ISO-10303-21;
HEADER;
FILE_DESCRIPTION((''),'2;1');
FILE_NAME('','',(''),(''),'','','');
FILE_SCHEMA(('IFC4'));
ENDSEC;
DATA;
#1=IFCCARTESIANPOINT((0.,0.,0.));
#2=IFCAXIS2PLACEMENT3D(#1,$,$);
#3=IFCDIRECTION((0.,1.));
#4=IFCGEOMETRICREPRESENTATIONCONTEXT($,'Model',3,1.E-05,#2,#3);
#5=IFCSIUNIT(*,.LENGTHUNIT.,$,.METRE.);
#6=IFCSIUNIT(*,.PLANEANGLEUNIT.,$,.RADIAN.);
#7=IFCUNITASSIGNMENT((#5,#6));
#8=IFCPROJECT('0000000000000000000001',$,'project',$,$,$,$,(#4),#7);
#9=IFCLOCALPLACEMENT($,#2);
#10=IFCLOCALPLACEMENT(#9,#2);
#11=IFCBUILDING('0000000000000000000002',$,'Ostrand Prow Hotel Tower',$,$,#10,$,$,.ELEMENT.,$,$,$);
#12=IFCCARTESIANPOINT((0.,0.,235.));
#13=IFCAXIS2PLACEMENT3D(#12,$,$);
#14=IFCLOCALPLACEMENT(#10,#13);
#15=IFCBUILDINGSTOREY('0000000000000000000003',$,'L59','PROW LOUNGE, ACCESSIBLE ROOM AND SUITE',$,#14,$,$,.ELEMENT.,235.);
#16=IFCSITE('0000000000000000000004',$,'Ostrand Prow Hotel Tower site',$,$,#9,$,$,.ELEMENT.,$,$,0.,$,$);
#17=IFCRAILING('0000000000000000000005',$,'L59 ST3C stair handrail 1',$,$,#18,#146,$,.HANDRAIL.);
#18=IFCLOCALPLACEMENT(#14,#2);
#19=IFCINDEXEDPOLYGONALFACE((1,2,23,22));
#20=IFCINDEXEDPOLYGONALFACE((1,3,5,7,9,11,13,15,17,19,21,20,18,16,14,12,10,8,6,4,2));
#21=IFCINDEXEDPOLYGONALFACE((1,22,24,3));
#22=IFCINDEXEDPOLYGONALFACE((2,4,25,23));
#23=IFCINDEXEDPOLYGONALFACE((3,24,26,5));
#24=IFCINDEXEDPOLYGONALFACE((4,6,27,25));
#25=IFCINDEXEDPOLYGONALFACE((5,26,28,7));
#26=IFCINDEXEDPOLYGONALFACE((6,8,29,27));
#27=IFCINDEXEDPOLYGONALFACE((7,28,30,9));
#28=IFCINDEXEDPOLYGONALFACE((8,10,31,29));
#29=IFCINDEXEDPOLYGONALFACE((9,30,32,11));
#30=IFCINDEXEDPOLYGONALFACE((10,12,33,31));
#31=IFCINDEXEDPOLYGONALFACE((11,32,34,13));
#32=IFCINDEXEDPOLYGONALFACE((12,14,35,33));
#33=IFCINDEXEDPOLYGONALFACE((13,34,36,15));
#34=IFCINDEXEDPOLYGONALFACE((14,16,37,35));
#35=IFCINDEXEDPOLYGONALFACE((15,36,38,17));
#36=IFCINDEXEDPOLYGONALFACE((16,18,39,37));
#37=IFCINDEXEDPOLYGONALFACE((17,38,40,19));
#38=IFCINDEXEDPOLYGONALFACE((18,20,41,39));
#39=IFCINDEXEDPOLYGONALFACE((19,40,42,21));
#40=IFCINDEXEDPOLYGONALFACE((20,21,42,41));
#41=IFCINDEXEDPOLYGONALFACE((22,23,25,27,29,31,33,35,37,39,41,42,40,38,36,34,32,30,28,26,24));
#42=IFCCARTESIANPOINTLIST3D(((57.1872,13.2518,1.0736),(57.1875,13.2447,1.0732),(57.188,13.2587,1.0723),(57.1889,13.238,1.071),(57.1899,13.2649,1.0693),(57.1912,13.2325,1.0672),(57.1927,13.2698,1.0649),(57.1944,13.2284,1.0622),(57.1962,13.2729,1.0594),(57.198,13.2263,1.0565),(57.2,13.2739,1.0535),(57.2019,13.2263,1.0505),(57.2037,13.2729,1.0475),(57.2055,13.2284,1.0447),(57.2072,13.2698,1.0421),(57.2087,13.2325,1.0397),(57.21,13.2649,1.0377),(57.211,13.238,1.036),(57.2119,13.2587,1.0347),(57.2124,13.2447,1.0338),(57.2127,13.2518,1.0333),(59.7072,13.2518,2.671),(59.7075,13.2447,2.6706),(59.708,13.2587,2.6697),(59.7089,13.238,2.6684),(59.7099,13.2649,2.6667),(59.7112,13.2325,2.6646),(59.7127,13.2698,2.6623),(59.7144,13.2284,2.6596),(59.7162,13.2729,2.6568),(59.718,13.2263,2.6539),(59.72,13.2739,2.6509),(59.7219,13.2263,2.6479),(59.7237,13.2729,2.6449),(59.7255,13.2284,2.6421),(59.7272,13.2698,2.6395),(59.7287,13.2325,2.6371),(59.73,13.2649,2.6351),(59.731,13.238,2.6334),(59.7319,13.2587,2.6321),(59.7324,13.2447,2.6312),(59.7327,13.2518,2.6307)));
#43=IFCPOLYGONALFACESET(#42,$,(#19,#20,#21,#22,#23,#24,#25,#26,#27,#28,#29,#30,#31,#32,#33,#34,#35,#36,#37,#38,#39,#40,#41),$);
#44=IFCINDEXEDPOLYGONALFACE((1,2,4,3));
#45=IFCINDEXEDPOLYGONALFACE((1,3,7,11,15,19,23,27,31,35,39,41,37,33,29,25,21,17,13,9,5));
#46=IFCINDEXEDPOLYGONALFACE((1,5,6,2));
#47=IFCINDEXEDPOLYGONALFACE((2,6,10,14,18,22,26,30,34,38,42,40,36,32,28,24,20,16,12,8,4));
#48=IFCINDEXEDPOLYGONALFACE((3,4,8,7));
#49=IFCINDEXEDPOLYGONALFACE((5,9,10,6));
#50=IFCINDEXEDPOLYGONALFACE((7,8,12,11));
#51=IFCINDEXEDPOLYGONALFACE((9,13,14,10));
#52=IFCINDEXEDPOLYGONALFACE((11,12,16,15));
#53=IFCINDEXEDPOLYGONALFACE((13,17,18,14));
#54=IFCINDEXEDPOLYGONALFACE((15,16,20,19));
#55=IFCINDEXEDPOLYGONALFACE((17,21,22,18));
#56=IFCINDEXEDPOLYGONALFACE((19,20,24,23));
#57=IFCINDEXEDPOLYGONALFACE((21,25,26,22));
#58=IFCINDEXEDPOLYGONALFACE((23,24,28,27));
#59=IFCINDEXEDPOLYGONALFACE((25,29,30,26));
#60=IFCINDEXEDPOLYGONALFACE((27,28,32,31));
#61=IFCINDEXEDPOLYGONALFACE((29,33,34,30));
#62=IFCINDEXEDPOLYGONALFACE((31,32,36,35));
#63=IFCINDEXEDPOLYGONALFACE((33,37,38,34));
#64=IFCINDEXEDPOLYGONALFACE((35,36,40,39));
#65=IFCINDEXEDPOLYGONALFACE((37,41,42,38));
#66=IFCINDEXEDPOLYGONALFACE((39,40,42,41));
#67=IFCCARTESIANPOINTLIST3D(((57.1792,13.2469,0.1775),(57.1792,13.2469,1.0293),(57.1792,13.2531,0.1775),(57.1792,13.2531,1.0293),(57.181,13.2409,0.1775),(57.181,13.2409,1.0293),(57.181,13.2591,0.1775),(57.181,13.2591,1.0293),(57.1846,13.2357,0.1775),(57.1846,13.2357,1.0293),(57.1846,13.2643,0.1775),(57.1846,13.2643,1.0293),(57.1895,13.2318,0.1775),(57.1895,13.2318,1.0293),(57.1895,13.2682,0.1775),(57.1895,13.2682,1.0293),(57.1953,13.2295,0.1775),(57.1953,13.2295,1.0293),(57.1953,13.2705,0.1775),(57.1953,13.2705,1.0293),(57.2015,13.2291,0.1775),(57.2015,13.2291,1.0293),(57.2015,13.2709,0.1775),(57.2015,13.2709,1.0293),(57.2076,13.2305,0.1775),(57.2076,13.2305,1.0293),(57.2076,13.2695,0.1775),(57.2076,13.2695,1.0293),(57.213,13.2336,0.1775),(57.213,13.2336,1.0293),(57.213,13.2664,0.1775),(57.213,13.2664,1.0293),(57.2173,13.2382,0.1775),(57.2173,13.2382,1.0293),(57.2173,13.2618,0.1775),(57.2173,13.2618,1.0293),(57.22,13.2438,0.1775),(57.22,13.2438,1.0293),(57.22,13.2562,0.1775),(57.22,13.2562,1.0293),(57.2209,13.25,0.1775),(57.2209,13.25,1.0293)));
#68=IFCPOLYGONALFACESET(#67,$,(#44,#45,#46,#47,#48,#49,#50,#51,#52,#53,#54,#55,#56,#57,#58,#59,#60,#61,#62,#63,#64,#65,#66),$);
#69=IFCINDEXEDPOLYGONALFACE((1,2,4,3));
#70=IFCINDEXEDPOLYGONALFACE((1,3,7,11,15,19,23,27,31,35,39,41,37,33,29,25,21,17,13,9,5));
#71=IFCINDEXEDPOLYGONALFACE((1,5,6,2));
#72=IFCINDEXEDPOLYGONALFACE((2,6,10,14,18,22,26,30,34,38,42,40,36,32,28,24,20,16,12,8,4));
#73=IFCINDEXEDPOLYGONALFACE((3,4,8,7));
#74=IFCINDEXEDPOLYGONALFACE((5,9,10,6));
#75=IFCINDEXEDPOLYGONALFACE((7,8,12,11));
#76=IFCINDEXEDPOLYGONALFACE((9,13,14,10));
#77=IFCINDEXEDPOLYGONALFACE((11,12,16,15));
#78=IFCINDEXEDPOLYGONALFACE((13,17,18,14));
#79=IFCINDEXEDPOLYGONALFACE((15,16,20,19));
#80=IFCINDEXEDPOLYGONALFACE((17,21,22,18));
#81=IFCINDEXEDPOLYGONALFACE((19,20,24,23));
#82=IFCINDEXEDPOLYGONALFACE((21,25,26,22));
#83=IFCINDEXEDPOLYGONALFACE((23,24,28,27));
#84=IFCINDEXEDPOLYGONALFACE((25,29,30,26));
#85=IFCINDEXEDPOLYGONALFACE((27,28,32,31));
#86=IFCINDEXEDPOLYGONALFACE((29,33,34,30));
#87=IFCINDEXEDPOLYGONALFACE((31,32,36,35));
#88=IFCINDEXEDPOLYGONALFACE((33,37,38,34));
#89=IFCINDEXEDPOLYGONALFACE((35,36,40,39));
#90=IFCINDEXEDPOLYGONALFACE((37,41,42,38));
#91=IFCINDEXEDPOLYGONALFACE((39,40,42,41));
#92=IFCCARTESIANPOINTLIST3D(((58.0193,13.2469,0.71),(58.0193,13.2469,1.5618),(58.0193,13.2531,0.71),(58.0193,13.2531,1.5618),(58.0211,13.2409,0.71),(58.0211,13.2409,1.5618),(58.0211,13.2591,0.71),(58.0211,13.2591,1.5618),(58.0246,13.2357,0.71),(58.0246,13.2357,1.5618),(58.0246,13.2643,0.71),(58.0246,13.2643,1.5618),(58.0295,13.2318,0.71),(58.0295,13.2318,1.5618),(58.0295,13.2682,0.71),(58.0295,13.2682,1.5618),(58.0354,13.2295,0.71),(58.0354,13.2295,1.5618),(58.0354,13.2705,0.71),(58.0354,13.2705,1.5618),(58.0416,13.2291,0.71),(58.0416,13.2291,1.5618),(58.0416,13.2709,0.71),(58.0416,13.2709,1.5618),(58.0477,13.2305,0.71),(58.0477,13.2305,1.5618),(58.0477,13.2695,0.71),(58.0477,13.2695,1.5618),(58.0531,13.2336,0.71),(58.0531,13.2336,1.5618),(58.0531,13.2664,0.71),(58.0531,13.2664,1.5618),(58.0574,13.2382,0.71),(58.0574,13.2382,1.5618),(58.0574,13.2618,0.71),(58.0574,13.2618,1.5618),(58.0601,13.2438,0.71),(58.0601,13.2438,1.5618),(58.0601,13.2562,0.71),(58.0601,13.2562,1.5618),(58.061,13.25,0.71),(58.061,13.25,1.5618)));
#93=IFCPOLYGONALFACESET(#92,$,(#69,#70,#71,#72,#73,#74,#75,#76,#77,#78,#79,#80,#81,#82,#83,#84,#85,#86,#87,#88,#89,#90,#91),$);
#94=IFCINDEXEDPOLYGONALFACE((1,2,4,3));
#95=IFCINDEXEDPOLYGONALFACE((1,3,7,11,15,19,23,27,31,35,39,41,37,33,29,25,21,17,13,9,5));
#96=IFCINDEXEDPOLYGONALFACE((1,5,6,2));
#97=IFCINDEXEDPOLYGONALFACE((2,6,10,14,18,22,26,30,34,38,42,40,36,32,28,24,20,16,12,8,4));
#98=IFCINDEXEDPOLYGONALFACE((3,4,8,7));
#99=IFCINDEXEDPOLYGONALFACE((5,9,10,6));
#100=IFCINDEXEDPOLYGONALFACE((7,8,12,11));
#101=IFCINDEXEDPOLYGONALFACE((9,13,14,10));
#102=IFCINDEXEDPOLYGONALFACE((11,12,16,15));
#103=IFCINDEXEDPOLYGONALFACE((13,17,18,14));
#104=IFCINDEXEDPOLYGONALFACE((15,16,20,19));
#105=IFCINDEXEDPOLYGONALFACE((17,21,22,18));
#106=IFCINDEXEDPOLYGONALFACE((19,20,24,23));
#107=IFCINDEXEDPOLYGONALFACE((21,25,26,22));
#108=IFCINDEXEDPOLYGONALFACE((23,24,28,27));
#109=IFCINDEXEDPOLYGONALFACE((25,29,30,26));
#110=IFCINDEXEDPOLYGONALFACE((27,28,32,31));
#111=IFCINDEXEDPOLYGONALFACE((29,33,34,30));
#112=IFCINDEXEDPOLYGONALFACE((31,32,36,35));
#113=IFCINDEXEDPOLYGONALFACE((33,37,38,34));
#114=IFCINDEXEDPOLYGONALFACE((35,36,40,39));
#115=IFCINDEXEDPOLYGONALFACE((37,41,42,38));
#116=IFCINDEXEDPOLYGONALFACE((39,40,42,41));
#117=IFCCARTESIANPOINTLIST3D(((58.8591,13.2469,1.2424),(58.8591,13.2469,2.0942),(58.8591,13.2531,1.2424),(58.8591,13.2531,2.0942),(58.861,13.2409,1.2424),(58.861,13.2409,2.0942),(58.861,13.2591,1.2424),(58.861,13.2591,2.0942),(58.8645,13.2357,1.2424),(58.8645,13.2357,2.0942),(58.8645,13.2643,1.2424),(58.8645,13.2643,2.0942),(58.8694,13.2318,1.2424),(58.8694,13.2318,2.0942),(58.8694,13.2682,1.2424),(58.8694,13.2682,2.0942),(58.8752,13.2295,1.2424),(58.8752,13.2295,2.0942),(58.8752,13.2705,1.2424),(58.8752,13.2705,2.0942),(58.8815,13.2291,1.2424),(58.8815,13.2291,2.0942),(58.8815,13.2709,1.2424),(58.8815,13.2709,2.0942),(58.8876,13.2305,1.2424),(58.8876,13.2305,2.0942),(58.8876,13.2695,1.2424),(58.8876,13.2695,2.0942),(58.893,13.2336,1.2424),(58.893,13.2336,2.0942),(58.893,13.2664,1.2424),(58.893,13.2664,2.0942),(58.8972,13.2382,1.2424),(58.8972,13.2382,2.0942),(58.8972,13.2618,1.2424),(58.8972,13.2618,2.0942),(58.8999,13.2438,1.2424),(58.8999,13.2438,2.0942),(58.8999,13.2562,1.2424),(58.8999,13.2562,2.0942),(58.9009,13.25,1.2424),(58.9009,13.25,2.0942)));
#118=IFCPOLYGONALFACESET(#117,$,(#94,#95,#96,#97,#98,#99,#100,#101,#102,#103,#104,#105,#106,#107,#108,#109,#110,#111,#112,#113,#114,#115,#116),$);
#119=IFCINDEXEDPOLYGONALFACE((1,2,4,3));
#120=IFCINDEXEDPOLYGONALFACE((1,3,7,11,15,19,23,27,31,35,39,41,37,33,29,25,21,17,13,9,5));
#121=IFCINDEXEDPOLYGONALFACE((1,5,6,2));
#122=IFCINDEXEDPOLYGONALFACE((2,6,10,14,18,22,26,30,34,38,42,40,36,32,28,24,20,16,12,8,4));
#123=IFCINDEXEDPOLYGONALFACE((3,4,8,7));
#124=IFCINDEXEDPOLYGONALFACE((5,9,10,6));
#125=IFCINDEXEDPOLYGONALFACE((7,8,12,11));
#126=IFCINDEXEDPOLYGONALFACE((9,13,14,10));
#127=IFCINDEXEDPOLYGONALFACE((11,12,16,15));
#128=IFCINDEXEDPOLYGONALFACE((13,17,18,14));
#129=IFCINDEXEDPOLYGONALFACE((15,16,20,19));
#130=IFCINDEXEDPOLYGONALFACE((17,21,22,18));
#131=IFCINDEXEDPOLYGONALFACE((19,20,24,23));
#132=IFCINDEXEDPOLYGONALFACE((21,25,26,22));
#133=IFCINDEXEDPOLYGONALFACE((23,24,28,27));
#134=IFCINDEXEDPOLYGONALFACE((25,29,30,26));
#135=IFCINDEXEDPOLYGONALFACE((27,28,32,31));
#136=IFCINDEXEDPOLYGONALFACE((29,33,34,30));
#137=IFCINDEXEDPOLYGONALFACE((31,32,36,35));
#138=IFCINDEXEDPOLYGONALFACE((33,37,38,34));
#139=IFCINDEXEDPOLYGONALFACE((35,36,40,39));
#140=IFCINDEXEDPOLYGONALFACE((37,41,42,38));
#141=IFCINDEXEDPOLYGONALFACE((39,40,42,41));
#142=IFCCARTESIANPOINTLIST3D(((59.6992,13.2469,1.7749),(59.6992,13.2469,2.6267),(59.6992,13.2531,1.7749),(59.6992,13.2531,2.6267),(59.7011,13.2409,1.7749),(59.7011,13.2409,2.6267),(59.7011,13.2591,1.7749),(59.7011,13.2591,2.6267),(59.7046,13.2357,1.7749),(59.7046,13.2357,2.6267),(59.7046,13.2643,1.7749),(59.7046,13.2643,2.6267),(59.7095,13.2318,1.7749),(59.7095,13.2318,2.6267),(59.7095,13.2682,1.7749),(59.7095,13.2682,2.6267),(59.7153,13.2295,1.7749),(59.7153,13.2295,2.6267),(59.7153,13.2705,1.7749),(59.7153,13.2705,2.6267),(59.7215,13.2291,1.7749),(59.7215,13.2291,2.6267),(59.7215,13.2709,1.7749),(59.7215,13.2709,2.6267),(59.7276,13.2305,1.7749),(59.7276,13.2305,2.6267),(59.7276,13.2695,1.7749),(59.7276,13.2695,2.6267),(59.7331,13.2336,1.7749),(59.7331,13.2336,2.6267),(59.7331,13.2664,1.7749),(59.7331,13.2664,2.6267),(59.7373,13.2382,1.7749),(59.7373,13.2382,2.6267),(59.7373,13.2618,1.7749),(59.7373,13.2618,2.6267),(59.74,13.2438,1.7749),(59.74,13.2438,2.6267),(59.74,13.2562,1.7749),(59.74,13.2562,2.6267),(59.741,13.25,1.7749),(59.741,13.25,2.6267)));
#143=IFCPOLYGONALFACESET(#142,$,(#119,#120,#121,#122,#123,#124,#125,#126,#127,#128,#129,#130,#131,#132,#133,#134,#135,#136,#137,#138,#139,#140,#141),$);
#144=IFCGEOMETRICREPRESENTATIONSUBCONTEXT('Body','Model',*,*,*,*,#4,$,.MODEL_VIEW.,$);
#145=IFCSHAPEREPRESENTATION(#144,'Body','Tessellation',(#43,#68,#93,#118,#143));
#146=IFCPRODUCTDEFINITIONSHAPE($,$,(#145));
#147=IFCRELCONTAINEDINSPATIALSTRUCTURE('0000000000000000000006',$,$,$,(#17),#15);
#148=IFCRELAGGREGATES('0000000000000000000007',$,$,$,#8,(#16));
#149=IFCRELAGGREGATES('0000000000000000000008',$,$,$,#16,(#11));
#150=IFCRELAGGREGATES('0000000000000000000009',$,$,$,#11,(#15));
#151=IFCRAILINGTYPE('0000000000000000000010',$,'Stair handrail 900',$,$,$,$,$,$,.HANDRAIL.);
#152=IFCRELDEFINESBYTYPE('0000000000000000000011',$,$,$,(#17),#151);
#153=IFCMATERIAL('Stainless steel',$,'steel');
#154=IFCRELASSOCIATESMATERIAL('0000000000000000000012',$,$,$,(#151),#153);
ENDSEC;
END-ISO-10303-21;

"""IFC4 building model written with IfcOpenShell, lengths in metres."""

from ifc_helpers import new_model, si_unit, direction, frame, origin, origin_2d, place, context, subcontext, project, spatial, circle, extrude, material, type_object, element, save


model = new_model("IFC4")

# Units and contexts
model_context = context("Model", 3, precision=1e-05, world=origin(), true_north=direction((0.0, 1.0)))
body_context = subcontext(model_context, "Body", "Model", "MODEL_VIEW")
ifc_project = project(units=[si_unit("LENGTHUNIT", "METRE"), si_unit("PLANEANGLEUNIT", "RADIAN")], contexts=[model_context])

# Site, building, storey
site_placement = place(None, origin())
site = spatial("IfcSite", under=ifc_project, at=site_placement, Name="Ostrand Prow Hotel Tower site", CompositionType="ELEMENT", RefElevation=0.0)
building_placement = place(site_placement, origin())
building = spatial("IfcBuilding", under=site, at=building_placement, Name="Ostrand Prow Hotel Tower", CompositionType="ELEMENT")
storey_placement = place(building_placement, frame((0.0, 0.0, 235.0)))
storey = spatial("IfcBuildingStorey", under=building, at=storey_placement, Name="L59", Description="PROW LOUNGE, ACCESSIBLE ROOM AND SUITE", CompositionType="ELEMENT", Elevation=235.0)

# Railing
ifc_material_1 = material(Name="Stainless steel", Category="steel")
railing_type_1 = type_object("IfcRailingType", Name="Stair handrail 900", PredefinedType="HANDRAIL", material=ifc_material_1)
railing_1_placement = place(storey_placement, frame((57.2, 13.25, 0.1775)))
element("IfcRailing", 1, at=railing_1_placement, inside=storey, type_object=railing_type_1, Name="L59 ST3C stair handrail 1", PredefinedType="HANDRAIL", context=body_context, shape_type="SweptSolid", body=[
    extrude(circle(Radius=0.0239, at=origin_2d()), frame((0.0, 0.0, 0.876), z_axis=(0.844607, 0.0, 0.535387), x_axis=(0.0, 1.0, 0.0)), (0.0, 0.0, 1.0), 2.9836),
    extrude(circle(Radius=0.021, at=origin_2d()), origin(), (0.0, 0.0, 1.0), 0.8518),
    extrude(circle(Radius=0.021, at=origin_2d()), frame((0.8401, 0.0, 0.5325)), (0.0, 0.0, 1.0), 0.8518),
    extrude(circle(Radius=0.021, at=origin_2d()), frame((1.6799, 0.0, 1.0649)), (0.0, 0.0, 1.0), 0.8518),
    extrude(circle(Radius=0.021, at=origin_2d()), frame((2.52, 0.0, 1.5974)), (0.0, 0.0, 1.0), 0.8518),
])

save(model, "model.ifc")
